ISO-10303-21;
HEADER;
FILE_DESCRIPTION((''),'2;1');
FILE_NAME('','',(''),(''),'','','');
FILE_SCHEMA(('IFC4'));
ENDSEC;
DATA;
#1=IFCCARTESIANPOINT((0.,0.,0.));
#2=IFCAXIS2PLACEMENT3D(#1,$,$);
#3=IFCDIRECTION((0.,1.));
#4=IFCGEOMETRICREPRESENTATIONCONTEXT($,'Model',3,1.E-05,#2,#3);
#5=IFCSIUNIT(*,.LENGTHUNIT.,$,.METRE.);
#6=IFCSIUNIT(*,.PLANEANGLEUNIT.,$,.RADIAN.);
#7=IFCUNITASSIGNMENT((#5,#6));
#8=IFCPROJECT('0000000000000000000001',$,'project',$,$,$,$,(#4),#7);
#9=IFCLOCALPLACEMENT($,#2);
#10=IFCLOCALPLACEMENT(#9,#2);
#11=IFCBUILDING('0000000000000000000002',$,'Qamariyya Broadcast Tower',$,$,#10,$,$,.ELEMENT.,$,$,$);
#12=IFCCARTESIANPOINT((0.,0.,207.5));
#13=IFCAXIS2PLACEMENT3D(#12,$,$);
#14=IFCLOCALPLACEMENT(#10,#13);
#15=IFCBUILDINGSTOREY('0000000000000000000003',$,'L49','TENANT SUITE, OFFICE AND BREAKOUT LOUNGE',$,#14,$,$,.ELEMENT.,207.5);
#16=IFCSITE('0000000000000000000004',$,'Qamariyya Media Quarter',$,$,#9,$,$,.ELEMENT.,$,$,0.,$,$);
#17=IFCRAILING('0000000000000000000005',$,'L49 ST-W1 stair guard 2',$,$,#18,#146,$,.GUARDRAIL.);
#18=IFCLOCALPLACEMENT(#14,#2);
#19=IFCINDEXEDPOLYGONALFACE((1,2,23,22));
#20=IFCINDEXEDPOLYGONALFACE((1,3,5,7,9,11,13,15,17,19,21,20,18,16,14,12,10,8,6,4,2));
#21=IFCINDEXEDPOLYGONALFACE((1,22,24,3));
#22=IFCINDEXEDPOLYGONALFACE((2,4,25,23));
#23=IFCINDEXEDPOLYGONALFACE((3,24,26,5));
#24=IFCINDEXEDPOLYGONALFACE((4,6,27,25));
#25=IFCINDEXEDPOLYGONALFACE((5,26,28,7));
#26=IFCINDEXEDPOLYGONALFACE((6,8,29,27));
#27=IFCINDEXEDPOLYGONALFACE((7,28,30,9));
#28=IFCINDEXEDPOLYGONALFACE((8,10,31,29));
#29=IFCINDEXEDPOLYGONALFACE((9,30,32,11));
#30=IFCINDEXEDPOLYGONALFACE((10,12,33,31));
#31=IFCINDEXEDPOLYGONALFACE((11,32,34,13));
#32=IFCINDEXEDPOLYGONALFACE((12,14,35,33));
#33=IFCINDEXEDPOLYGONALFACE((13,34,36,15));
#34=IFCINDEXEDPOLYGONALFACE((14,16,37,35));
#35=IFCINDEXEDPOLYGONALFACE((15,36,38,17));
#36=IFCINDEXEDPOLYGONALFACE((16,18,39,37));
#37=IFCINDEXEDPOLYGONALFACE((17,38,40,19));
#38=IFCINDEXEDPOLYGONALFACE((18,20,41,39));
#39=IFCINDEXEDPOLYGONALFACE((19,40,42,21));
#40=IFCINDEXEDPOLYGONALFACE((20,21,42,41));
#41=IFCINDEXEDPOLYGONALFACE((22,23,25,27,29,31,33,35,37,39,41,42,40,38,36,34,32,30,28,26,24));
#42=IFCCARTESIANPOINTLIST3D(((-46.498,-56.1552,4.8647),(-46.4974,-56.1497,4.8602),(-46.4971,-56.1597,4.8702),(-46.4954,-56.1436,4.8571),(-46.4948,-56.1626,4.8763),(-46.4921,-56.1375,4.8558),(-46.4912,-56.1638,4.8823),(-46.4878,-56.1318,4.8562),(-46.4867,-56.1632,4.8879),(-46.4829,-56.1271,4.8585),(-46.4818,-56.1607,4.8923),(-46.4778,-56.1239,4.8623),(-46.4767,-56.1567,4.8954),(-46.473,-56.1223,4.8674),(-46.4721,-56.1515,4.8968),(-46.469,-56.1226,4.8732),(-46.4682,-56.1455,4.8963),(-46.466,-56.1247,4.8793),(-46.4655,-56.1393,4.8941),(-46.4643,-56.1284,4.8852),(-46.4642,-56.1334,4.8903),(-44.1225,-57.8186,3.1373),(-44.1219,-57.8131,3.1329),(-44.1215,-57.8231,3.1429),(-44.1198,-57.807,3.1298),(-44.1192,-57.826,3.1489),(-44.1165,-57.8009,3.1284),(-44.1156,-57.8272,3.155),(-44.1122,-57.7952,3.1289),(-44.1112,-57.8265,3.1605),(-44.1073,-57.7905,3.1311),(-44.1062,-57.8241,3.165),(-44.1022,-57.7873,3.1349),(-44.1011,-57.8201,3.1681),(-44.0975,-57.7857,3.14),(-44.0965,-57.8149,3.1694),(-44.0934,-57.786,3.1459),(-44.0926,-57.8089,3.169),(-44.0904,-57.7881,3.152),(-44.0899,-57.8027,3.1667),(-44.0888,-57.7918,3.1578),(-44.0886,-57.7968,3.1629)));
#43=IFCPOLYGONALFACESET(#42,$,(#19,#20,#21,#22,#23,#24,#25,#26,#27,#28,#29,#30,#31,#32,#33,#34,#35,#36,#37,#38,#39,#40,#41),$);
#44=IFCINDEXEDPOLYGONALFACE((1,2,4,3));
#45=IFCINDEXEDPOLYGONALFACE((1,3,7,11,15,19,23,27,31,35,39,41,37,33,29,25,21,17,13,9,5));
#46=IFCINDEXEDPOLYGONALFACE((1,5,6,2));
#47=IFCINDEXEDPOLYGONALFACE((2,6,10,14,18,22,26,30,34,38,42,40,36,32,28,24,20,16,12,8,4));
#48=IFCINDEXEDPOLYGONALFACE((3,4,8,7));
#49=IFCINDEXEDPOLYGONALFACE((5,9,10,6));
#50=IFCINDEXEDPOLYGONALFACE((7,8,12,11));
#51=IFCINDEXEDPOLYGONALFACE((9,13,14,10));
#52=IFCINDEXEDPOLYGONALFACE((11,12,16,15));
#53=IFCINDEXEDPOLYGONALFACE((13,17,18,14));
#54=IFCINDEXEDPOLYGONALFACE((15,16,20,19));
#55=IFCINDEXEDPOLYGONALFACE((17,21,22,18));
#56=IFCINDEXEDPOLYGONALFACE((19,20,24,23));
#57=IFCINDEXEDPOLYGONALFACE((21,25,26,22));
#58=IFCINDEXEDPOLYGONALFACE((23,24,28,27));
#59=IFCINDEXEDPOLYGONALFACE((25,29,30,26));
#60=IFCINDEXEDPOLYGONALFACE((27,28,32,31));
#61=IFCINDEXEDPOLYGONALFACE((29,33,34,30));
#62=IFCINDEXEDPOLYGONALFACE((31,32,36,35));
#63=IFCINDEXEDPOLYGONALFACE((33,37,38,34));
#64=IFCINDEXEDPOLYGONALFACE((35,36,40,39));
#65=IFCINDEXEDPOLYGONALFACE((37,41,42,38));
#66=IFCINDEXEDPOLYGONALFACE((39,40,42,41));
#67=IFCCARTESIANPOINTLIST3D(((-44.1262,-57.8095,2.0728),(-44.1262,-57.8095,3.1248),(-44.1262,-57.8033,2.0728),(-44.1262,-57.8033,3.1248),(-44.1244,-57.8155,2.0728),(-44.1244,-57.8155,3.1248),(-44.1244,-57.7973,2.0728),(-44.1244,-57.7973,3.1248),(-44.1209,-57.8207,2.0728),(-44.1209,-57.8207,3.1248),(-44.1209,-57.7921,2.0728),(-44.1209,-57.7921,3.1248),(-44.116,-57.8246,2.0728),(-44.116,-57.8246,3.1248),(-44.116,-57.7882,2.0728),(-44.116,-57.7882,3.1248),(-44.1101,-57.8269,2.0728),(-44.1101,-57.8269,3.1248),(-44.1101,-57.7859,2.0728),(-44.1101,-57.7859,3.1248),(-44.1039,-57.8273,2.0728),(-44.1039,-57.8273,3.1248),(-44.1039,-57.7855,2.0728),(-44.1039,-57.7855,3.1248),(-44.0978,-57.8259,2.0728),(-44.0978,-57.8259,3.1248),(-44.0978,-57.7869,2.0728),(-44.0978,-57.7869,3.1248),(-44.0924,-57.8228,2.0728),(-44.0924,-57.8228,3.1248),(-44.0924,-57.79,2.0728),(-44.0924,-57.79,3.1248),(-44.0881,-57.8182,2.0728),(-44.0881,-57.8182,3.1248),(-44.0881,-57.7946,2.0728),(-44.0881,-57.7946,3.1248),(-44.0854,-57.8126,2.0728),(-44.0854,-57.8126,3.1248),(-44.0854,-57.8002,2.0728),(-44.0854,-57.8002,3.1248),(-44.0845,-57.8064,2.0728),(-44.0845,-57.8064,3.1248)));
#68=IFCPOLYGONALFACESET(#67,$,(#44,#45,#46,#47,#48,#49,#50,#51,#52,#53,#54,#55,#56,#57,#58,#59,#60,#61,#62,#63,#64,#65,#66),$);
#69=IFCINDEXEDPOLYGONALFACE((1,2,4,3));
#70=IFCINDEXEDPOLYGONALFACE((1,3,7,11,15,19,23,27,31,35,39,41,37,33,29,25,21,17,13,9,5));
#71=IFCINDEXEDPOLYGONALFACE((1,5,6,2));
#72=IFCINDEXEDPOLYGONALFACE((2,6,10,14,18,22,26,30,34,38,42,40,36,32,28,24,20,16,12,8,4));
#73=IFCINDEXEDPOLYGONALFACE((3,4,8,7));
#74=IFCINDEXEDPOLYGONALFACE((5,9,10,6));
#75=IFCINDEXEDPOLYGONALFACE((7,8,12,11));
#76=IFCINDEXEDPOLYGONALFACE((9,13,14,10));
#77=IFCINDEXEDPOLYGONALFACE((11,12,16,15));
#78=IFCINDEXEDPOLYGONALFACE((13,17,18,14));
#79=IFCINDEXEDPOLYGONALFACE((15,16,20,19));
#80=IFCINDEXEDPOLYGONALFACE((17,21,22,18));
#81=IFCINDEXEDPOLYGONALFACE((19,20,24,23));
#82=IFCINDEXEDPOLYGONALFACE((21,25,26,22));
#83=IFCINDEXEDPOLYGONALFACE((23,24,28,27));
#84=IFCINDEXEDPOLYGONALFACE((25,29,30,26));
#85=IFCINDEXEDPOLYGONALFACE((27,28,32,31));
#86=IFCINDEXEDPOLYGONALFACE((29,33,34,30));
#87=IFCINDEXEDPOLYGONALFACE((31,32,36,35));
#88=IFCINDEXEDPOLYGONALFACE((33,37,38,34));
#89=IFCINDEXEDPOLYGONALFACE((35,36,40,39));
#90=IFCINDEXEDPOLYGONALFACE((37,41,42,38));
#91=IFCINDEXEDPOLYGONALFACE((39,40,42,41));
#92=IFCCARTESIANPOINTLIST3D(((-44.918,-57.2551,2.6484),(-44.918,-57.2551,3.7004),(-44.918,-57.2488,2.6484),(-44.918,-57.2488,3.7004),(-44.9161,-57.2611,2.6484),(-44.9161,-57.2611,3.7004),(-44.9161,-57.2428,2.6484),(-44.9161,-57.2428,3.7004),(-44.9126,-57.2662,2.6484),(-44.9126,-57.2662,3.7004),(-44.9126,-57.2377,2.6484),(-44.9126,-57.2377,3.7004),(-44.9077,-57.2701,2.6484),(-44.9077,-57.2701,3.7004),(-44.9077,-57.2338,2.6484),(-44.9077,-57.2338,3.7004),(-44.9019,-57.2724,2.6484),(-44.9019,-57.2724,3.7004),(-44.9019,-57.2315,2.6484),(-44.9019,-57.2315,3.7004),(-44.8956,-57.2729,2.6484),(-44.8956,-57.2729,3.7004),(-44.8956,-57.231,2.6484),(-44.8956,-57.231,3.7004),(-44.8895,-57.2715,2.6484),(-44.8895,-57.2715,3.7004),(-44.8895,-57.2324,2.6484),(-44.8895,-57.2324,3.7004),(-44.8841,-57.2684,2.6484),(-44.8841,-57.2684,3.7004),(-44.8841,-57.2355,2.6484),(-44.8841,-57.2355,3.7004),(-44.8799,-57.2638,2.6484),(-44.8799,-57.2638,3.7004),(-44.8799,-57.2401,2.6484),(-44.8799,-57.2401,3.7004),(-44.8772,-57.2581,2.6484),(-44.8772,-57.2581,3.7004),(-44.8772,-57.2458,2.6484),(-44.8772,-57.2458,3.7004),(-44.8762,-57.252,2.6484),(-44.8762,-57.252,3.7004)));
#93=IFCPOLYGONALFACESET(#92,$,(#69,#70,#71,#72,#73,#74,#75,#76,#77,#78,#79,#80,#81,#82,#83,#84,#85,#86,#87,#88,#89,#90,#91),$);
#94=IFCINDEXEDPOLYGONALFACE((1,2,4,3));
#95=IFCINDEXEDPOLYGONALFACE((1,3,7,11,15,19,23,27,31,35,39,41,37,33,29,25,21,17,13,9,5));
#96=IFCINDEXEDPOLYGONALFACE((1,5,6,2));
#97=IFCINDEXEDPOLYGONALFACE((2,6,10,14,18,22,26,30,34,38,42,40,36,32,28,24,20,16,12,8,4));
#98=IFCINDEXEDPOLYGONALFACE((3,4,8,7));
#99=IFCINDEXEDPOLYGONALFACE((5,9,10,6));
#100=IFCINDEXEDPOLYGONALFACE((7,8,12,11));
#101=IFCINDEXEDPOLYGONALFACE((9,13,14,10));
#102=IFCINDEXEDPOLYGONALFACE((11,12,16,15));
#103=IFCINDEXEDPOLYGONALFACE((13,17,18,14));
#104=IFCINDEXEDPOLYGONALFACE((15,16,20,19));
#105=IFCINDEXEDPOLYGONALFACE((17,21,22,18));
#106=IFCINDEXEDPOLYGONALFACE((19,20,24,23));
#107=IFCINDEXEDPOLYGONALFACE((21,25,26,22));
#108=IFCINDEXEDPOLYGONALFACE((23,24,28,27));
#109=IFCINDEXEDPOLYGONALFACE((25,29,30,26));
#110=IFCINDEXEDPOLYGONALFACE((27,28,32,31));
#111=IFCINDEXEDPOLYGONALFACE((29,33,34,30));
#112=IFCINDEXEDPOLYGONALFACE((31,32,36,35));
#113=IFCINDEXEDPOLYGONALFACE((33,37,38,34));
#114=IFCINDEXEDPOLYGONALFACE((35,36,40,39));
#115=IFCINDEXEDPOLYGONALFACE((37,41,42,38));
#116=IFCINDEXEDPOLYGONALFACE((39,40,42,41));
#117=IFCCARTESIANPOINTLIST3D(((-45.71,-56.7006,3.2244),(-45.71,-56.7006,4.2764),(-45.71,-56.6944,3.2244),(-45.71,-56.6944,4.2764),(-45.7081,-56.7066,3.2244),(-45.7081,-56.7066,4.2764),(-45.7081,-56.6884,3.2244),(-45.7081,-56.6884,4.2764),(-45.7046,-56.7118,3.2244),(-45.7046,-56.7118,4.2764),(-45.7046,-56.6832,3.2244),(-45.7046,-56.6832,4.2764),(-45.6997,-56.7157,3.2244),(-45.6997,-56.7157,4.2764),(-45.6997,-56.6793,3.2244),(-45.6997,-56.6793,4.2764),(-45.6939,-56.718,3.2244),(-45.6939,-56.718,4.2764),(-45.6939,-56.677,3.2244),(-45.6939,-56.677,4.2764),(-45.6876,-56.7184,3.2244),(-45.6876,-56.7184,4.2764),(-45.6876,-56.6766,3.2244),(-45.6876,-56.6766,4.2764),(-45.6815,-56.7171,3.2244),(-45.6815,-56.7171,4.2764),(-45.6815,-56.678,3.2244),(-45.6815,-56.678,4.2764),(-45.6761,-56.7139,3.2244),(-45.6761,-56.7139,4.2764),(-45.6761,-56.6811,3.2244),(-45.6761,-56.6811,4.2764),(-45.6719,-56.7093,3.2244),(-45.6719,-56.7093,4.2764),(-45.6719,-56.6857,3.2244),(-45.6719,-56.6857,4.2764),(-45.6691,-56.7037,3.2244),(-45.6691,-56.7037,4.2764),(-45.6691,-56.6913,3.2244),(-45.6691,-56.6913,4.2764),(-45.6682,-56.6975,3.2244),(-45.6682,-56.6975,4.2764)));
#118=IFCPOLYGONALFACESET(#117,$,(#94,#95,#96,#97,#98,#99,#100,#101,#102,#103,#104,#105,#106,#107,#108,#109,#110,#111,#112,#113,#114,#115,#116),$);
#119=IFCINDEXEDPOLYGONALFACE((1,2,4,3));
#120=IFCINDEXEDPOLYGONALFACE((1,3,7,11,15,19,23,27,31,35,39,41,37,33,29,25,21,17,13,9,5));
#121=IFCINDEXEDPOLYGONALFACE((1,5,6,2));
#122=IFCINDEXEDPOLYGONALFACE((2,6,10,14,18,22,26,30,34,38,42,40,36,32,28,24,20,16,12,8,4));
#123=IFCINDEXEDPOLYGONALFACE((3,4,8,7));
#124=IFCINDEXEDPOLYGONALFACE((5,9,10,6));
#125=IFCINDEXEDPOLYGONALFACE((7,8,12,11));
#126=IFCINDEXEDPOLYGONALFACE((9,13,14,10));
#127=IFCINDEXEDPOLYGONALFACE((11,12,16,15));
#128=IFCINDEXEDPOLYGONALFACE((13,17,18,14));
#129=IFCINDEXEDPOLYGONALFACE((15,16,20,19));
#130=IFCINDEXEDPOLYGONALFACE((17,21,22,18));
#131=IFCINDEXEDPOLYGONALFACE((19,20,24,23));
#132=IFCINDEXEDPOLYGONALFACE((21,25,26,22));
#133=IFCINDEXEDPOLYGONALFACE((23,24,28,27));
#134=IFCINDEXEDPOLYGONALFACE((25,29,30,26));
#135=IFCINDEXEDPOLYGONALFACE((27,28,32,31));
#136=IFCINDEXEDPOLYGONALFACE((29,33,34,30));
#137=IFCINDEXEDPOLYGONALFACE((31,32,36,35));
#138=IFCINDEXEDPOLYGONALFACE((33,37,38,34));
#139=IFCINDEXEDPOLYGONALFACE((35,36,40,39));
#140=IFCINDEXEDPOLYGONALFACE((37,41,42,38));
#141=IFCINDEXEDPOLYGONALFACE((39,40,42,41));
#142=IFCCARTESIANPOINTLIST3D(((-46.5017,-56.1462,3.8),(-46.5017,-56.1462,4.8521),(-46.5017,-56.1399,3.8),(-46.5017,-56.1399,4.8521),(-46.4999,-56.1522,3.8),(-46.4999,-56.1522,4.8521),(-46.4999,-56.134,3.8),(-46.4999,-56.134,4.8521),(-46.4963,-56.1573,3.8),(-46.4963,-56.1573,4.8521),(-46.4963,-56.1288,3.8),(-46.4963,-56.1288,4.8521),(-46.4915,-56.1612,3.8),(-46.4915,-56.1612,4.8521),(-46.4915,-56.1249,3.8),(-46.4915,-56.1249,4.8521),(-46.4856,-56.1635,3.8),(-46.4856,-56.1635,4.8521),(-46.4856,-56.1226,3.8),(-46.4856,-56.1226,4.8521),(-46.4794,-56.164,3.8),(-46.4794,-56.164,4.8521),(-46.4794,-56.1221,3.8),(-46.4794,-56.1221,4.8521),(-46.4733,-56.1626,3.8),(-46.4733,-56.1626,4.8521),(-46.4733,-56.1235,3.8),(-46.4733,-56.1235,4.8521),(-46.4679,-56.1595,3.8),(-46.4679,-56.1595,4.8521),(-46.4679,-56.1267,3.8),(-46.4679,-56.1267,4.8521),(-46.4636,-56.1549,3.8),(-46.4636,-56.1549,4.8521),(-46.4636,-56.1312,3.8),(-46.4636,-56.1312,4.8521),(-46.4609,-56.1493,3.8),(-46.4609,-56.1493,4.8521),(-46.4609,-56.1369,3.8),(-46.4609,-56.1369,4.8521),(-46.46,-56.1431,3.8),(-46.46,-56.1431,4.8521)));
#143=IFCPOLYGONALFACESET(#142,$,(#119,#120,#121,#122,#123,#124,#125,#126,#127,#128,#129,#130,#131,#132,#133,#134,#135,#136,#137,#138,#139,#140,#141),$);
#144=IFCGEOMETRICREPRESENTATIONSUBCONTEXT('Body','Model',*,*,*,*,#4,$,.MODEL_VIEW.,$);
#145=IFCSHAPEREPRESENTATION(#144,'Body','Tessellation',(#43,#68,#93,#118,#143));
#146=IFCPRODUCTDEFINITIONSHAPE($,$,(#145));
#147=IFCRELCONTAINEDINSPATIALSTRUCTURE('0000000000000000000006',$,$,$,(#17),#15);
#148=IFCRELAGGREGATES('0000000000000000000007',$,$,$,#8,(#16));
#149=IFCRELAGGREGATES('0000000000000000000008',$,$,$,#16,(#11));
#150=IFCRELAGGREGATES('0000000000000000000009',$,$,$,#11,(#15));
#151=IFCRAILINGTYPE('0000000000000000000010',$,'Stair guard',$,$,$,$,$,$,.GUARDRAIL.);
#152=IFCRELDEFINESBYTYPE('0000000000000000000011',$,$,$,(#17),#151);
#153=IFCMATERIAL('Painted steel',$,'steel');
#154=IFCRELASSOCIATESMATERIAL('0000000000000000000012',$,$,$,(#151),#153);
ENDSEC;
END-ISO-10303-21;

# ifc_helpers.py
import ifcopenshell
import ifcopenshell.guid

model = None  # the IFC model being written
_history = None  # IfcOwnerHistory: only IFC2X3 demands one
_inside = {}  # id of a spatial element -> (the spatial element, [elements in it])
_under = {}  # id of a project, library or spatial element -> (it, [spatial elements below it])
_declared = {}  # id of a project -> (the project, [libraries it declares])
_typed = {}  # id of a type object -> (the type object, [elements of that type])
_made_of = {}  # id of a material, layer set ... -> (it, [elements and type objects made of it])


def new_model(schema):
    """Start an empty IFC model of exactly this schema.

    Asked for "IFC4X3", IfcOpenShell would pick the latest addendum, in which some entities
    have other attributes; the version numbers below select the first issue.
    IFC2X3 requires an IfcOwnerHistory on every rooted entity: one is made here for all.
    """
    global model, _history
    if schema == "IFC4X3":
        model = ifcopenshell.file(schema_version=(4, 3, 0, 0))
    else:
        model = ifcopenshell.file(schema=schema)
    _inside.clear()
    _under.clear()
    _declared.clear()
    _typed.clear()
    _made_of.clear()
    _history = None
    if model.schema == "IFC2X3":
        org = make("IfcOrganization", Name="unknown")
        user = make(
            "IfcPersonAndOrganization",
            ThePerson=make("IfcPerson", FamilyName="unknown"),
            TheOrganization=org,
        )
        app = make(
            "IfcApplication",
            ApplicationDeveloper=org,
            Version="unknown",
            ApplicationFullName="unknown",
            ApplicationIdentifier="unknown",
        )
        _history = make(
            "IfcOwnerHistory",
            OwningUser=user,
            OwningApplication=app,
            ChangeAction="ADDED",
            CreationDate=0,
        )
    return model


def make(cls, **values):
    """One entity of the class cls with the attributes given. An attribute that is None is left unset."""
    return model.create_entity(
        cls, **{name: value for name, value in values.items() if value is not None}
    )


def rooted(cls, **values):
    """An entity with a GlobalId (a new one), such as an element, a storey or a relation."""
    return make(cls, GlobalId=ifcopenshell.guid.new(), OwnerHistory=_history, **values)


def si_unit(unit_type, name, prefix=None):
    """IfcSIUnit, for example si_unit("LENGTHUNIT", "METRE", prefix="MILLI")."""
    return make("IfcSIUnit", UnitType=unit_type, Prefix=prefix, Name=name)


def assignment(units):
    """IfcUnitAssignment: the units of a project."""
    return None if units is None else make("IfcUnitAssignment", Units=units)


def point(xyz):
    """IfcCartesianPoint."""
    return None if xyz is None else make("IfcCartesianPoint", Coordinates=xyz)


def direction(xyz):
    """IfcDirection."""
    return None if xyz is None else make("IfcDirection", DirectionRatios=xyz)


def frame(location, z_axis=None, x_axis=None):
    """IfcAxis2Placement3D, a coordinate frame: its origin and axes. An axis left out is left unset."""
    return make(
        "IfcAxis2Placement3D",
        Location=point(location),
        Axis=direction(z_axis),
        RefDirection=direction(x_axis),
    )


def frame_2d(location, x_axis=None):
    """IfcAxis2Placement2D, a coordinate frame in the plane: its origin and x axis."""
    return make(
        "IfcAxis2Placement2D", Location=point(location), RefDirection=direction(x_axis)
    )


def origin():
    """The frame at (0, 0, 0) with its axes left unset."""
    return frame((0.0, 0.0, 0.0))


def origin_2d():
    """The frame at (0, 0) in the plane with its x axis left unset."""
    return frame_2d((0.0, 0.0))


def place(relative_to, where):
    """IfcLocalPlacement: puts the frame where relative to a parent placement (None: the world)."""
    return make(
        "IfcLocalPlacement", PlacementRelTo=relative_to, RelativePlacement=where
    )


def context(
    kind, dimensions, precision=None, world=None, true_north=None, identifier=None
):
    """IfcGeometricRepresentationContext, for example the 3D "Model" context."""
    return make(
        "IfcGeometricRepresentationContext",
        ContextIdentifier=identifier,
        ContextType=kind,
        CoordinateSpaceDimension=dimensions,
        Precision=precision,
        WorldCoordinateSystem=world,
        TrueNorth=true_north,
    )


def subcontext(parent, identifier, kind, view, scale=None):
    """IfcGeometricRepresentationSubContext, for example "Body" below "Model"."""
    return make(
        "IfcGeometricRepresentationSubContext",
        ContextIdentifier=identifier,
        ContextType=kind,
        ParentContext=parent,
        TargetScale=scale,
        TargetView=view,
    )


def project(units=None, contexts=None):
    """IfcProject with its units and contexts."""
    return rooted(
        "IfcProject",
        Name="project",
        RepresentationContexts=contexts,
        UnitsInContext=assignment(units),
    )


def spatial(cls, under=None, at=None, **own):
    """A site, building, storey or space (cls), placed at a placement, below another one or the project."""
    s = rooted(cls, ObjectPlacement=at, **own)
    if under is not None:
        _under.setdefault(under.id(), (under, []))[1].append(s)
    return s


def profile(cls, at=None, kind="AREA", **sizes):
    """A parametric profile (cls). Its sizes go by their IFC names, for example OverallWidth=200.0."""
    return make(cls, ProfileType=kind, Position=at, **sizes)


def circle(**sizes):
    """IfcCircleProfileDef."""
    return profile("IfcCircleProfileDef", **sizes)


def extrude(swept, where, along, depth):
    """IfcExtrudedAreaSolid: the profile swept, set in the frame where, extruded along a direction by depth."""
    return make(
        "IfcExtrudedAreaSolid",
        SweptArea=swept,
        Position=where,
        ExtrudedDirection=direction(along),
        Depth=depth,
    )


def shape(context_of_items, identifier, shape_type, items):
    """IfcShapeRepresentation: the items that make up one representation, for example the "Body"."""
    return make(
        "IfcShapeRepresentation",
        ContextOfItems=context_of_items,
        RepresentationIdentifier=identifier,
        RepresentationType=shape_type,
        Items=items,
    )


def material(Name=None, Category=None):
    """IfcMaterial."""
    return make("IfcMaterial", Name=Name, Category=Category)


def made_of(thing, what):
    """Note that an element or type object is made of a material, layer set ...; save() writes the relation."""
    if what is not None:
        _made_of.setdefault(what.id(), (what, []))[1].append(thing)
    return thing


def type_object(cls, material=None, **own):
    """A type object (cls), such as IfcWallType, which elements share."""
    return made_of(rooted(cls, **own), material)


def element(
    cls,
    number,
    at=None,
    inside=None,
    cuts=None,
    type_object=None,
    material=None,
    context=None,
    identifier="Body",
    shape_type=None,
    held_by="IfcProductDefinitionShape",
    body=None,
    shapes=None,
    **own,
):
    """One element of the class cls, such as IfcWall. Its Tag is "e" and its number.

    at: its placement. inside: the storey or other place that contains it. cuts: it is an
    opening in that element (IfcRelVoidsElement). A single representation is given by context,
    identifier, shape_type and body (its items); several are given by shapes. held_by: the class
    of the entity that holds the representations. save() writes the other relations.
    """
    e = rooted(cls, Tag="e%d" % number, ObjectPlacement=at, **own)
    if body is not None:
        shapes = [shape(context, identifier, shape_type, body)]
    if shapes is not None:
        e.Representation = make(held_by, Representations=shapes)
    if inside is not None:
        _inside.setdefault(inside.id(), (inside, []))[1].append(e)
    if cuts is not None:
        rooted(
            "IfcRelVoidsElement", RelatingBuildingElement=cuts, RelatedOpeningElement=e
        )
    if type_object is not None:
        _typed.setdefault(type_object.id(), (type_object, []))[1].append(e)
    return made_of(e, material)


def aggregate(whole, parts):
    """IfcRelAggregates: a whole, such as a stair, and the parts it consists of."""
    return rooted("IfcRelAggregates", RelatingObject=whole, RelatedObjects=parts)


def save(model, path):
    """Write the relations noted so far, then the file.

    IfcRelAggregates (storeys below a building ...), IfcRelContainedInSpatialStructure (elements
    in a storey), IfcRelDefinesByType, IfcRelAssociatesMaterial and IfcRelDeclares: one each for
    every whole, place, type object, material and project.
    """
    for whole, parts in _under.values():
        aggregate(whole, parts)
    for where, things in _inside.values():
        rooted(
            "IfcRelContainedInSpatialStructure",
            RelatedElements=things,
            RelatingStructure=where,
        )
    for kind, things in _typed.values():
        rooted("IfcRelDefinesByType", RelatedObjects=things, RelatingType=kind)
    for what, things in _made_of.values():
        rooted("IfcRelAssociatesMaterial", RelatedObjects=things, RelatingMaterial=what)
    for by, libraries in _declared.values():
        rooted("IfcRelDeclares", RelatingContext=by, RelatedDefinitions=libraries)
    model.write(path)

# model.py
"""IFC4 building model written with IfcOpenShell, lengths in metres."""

from ifc_helpers import new_model, si_unit, direction, frame, origin, origin_2d, place, context, subcontext, project, spatial, circle, extrude, material, type_object, element, save


model = new_model("IFC4")

# Units and contexts
model_context = context("Model", 3, precision=1e-05, world=origin(), true_north=direction((0.0, 1.0)))
body_context = subcontext(model_context, "Body", "Model", "MODEL_VIEW")
ifc_project = project(units=[si_unit("LENGTHUNIT", "METRE"), si_unit("PLANEANGLEUNIT", "RADIAN")], contexts=[model_context])

# Site, building, storey
site_placement = place(None, origin())
site = spatial("IfcSite", under=ifc_project, at=site_placement, Name="Qamariyya Media Quarter", CompositionType="ELEMENT", RefElevation=0.0)
building_placement = place(site_placement, origin())
building = spatial("IfcBuilding", under=site, at=building_placement, Name="Qamariyya Broadcast Tower", CompositionType="ELEMENT")
storey_placement = place(building_placement, frame((0.0, 0.0, 207.5)))
storey = spatial("IfcBuildingStorey", under=building, at=storey_placement, Name="L49", Description="TENANT SUITE, OFFICE AND BREAKOUT LOUNGE", CompositionType="ELEMENT", Elevation=207.5)

# Railing
ifc_material_1 = material(Name="Painted steel", Category="steel")
railing_type_1 = type_object("IfcRailingType", Name="Stair guard", PredefinedType="GUARDRAIL", material=ifc_material_1)
railing_1_placement = place(storey_placement, frame((-44.1055, -57.8064, 2.0728)))
element("IfcRailing", 1, at=railing_1_placement, inside=storey, type_object=railing_type_1, Name="L49 ST-W1 stair guard 2", PredefinedType="GUARDRAIL", context=body_context, shape_type="SweptSolid", body=[
    extrude(circle(Radius=0.0239, at=origin_2d()), frame((0.0, 0.0, 1.0762), z_axis=(-0.70377, 0.492784, 0.511734), x_axis=(-0.573575, -0.819153, 0.0)), (0.0, 0.0, 1.0), 3.3755),
    extrude(circle(Radius=0.021, at=origin_2d()), origin(), (0.0, 0.0, 1.0), 1.052),
    extrude(circle(Radius=0.021, at=origin_2d()), frame((-0.7917, 0.5544, 0.5757)), (0.0, 0.0, 1.0), 1.052),
    extrude(circle(Radius=0.021, at=origin_2d()), frame((-1.5837, 1.1089, 1.1516)), (0.0, 0.0, 1.0), 1.052),
    extrude(circle(Radius=0.021, at=origin_2d()), frame((-2.3755, 1.6633, 1.7273)), (0.0, 0.0, 1.0), 1.052),
])

save(model, "model.ifc")
